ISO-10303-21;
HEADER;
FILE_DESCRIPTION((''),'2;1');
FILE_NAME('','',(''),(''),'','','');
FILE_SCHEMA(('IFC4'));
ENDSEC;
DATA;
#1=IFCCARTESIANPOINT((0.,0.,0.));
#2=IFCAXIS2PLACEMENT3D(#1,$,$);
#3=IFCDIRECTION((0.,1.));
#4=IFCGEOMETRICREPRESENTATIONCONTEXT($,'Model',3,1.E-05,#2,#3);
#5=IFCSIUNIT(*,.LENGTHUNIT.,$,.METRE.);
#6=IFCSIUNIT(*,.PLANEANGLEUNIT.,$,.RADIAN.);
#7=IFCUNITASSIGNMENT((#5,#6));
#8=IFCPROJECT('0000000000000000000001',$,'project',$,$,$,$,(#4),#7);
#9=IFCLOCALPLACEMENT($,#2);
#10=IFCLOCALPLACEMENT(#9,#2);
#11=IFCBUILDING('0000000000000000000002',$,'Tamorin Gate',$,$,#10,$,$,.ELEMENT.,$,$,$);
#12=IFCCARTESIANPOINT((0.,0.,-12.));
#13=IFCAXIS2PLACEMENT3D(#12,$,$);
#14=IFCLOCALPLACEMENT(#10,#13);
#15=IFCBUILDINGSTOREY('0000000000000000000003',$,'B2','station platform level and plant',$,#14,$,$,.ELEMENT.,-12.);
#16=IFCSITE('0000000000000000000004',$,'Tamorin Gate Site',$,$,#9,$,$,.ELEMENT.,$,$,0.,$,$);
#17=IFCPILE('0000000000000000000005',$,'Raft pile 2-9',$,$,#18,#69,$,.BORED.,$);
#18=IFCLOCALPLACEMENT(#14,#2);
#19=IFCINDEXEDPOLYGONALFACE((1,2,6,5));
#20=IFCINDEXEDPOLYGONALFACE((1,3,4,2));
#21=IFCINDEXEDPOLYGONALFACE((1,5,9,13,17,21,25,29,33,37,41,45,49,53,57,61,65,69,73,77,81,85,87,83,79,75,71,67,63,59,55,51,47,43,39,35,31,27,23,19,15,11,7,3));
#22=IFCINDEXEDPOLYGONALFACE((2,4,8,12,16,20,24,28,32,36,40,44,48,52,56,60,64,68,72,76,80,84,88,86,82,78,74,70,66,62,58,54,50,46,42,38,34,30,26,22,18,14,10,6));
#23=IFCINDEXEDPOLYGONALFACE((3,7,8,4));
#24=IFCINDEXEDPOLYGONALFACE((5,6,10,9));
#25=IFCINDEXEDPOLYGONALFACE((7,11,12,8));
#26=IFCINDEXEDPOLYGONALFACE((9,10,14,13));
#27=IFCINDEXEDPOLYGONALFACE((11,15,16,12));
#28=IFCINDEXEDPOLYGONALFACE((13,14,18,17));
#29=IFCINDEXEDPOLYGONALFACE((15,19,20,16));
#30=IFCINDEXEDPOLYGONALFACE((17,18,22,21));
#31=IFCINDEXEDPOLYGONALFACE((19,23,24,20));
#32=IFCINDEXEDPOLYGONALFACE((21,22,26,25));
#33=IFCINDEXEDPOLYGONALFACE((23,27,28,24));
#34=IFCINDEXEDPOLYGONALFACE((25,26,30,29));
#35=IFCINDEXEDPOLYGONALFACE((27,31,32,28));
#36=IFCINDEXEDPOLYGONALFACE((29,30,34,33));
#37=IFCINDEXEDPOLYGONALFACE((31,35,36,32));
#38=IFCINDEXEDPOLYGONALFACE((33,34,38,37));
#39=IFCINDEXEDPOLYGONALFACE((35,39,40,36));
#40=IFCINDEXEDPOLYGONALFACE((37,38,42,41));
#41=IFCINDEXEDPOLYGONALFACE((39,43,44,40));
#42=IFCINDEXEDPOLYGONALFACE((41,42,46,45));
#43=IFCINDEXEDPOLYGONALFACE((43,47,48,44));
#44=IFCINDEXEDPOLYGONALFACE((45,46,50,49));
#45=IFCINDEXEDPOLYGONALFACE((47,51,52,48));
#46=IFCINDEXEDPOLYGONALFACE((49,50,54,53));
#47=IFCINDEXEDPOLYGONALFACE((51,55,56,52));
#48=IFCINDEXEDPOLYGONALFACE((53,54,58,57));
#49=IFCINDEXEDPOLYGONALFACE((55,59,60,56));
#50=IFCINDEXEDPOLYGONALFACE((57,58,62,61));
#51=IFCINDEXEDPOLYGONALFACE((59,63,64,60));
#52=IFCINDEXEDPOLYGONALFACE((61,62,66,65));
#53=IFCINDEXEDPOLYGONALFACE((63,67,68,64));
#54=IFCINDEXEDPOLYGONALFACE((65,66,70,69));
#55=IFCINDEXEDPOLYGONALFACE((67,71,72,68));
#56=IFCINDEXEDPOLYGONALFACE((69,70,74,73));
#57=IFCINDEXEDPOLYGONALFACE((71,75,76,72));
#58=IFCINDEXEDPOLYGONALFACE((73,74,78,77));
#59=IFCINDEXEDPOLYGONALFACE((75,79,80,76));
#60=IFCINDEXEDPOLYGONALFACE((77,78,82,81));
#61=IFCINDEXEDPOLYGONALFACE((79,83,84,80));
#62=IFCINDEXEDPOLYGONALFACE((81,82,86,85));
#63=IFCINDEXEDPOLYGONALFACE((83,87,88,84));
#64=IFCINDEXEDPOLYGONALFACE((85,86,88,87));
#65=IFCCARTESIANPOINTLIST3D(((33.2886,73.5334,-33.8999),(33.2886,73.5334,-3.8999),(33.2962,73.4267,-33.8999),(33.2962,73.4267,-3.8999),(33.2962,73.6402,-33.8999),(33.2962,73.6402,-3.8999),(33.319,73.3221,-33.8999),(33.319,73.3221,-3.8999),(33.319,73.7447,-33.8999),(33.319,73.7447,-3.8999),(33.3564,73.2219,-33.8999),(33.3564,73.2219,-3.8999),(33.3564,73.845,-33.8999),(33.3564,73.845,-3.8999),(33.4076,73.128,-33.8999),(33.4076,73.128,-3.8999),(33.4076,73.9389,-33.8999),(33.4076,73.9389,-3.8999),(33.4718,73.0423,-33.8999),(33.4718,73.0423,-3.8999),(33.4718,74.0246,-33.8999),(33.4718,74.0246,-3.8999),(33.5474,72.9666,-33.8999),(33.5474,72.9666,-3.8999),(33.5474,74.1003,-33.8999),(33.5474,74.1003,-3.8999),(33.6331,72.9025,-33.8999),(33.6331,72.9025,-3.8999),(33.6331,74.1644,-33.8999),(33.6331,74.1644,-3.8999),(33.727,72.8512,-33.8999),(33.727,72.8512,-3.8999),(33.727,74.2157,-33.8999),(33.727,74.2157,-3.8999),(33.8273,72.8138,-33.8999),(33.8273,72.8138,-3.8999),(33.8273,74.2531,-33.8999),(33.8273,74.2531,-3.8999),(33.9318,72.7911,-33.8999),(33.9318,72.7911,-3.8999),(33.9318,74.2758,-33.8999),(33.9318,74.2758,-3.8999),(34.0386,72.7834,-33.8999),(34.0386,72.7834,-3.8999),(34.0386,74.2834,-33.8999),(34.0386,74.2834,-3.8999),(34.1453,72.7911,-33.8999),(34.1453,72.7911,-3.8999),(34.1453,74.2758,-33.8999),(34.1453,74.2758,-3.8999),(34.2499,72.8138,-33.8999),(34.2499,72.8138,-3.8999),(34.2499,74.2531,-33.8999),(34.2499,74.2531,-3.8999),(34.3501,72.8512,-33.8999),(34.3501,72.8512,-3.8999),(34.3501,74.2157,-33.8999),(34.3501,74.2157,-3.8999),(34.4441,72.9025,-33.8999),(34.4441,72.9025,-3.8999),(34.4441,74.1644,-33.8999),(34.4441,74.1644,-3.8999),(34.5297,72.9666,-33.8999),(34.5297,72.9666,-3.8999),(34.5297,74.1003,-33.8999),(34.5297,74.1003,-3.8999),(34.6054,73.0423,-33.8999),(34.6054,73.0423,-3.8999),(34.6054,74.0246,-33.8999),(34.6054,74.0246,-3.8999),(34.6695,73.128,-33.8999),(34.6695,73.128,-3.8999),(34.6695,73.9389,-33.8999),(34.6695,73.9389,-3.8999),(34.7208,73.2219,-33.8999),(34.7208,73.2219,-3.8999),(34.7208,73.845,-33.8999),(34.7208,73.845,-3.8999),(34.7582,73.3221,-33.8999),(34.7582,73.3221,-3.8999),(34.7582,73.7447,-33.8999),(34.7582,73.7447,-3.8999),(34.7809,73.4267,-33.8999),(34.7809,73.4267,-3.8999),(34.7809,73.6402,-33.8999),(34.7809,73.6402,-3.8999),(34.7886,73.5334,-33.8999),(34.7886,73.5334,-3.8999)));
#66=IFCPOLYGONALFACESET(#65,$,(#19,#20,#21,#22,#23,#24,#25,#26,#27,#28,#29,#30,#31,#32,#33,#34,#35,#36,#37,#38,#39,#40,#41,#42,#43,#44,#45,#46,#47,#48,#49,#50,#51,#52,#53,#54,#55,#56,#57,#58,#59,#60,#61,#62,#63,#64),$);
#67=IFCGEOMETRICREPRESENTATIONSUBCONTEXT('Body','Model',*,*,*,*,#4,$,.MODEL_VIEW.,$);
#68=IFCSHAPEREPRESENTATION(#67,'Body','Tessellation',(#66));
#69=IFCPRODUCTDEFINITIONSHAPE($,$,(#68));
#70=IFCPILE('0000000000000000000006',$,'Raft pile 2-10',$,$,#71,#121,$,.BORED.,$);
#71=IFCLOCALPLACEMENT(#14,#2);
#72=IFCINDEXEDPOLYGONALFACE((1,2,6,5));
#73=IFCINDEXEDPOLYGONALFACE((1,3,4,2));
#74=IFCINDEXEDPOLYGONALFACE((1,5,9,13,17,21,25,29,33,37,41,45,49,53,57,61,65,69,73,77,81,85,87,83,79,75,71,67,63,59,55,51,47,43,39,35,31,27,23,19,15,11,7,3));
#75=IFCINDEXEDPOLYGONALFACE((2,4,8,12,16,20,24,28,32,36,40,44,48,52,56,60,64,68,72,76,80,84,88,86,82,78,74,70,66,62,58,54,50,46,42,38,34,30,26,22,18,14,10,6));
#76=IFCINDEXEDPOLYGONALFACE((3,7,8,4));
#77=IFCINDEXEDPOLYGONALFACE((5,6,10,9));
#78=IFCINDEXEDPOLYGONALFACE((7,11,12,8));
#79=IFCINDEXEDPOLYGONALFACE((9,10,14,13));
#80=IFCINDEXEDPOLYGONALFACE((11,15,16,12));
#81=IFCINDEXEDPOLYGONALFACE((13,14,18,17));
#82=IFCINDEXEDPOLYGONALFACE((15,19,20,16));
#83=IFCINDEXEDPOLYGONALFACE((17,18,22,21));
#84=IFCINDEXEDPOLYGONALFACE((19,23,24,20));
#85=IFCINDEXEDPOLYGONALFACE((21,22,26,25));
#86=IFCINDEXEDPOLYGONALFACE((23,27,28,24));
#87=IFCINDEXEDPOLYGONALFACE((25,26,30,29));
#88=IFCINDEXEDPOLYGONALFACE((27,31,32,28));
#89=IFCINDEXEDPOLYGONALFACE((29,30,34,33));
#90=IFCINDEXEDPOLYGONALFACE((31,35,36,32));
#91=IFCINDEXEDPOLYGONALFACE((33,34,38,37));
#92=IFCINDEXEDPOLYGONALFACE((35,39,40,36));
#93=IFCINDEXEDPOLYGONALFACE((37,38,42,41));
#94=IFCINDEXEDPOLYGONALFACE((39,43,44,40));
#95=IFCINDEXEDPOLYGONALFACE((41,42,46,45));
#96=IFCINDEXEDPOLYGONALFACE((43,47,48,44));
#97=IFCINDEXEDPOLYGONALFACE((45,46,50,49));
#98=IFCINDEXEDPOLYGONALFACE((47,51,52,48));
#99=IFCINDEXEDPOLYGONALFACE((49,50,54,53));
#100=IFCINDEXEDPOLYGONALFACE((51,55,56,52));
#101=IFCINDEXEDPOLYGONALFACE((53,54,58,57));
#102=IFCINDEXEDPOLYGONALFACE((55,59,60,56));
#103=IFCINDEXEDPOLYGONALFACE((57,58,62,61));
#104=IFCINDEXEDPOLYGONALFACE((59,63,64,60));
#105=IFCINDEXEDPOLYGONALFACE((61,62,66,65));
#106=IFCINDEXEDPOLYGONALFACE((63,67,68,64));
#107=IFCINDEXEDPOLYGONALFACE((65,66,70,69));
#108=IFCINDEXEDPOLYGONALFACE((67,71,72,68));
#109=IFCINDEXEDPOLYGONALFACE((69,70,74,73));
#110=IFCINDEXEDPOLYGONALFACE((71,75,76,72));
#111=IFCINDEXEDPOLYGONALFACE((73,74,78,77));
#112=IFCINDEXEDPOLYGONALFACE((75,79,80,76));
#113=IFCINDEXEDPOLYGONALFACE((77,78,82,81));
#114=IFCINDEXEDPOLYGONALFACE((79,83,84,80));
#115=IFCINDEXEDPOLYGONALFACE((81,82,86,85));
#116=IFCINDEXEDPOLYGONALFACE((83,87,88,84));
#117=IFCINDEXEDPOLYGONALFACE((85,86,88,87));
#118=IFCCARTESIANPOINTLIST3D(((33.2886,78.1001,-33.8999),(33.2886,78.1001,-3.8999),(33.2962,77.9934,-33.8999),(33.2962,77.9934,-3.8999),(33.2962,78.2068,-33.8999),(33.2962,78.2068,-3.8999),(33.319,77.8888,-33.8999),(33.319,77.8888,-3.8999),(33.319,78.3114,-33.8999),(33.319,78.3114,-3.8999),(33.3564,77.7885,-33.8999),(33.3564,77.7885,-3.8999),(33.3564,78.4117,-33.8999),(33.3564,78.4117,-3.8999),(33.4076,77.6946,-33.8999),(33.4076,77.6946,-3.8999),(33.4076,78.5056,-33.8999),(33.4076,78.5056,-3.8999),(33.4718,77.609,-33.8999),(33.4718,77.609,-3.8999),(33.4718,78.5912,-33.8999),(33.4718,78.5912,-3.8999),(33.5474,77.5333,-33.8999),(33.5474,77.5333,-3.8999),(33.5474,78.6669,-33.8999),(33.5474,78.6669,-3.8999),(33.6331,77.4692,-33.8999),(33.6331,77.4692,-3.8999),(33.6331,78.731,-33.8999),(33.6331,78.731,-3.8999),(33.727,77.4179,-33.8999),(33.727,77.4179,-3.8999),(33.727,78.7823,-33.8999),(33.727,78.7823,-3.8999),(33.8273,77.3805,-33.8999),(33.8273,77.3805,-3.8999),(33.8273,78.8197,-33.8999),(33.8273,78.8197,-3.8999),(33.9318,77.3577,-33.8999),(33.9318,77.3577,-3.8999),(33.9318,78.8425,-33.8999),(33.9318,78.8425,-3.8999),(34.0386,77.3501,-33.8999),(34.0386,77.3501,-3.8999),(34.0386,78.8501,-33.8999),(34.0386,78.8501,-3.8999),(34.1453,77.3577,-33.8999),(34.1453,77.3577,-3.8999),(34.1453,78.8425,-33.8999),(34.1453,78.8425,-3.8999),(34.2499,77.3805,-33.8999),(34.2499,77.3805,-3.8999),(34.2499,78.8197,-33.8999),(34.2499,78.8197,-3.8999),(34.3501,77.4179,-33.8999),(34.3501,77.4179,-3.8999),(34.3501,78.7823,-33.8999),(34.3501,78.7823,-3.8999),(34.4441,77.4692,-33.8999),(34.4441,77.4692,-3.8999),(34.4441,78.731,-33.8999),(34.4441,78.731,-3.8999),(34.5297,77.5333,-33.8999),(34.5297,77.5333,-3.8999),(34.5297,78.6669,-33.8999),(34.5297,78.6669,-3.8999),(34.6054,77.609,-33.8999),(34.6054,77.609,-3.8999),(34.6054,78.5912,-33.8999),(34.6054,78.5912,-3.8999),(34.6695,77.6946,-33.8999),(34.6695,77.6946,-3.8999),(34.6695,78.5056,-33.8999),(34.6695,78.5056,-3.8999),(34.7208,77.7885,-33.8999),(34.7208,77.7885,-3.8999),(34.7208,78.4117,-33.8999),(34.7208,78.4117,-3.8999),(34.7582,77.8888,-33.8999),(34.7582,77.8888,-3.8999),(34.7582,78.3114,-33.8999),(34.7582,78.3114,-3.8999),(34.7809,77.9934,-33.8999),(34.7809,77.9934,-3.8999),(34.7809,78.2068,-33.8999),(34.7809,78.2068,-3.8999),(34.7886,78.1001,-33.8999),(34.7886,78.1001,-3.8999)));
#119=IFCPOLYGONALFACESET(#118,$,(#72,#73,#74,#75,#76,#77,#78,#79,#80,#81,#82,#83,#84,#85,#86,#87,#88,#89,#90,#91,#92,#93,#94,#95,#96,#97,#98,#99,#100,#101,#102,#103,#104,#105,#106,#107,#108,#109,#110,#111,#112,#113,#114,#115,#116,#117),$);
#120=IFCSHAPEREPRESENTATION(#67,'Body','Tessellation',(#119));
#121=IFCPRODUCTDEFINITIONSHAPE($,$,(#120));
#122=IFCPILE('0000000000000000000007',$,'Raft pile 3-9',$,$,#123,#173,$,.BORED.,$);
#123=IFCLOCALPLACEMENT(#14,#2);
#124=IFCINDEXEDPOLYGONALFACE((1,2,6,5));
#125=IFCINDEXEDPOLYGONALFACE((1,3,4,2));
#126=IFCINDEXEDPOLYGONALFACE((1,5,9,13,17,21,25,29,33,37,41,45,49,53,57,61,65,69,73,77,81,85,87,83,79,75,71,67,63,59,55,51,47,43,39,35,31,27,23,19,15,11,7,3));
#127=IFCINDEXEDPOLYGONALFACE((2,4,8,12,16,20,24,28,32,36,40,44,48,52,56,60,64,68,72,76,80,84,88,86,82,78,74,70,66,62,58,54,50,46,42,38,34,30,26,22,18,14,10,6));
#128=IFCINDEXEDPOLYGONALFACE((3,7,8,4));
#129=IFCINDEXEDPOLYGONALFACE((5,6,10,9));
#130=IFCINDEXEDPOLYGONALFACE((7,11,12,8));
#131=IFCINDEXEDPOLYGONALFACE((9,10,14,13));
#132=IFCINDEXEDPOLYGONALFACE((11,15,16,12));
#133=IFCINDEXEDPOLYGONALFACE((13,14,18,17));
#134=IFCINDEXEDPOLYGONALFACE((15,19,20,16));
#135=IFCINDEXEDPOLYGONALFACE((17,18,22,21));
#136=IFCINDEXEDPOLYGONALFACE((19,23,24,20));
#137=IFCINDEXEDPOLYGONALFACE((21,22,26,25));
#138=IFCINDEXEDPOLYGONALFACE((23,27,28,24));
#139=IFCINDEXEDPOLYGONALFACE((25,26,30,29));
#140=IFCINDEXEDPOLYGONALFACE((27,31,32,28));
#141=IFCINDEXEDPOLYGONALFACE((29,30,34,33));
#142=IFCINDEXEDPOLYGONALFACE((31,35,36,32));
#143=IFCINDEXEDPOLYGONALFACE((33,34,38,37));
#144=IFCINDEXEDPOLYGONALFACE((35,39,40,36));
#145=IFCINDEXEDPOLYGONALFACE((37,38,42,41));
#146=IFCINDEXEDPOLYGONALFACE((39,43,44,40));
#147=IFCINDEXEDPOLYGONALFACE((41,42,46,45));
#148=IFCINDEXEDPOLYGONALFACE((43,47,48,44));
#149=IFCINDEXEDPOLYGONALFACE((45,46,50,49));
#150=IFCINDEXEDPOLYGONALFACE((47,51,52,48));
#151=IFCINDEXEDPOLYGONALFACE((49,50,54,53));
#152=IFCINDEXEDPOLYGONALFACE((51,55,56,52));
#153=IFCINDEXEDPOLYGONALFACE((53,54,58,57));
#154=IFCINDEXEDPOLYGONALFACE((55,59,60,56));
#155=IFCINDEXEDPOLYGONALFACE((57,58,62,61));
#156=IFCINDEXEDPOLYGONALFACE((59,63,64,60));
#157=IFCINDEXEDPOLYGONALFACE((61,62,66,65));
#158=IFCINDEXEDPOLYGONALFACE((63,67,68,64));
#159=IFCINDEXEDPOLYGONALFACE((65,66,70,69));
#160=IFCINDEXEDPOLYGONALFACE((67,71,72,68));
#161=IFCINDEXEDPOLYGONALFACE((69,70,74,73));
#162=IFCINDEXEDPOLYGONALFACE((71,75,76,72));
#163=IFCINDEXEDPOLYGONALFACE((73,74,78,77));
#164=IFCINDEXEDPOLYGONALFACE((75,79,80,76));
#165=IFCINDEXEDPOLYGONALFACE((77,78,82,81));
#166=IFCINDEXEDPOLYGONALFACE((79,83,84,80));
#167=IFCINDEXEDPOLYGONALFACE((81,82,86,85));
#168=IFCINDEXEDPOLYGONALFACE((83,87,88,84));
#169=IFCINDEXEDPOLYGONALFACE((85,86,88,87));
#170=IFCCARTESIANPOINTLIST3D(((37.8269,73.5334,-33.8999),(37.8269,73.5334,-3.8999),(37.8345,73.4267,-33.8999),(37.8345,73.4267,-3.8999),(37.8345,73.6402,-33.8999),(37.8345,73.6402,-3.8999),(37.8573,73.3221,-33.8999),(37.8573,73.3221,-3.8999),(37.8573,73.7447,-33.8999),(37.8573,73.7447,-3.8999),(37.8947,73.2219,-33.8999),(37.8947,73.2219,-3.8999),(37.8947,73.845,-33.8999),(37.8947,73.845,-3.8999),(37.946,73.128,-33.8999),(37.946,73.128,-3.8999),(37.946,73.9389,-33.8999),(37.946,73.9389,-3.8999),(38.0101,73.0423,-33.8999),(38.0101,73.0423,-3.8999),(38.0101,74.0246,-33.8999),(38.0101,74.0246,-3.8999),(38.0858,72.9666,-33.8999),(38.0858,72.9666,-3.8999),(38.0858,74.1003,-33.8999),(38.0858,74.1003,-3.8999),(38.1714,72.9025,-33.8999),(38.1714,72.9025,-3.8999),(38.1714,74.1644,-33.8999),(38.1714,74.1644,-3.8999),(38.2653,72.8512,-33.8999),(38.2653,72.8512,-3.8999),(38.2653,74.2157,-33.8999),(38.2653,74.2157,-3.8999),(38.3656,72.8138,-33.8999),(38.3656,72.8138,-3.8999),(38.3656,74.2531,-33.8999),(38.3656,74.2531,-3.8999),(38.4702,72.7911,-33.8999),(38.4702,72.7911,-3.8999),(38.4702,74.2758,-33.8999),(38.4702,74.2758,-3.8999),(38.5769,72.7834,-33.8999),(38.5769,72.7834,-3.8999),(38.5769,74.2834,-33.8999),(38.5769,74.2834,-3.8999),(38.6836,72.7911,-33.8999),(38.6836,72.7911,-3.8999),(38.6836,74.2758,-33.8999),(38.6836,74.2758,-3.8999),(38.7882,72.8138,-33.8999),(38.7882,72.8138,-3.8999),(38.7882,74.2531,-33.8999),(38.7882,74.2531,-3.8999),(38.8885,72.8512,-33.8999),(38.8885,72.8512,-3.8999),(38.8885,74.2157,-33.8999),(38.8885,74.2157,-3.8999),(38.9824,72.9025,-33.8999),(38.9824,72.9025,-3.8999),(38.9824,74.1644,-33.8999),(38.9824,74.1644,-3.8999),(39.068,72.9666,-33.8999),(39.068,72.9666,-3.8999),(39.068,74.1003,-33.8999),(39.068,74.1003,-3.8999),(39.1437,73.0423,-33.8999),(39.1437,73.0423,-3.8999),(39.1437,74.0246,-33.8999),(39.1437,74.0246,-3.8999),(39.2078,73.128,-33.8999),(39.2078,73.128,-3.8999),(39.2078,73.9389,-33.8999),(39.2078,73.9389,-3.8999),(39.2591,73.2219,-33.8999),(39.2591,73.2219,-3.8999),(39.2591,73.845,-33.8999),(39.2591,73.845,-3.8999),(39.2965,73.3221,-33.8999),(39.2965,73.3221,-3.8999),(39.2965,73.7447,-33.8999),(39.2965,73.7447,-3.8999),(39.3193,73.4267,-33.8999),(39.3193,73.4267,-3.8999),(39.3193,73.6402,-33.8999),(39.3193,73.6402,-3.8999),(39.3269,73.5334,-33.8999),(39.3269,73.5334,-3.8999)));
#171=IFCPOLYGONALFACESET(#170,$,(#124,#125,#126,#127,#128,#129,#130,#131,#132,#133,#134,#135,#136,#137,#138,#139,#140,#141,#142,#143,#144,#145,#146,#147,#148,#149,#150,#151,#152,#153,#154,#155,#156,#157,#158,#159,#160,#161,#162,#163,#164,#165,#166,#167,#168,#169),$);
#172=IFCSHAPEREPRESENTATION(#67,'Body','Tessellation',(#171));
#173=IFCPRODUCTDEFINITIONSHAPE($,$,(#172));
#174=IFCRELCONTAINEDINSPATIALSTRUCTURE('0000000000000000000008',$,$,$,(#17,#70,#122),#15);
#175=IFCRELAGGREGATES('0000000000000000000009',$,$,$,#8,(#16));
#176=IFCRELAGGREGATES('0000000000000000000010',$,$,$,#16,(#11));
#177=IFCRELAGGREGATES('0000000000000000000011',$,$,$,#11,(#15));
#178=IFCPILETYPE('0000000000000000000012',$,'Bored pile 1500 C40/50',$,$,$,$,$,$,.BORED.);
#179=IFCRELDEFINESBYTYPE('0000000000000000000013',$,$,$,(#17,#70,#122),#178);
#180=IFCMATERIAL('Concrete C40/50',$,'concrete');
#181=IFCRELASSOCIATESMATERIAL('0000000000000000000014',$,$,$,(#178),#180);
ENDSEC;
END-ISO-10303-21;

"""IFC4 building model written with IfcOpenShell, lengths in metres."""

from ifc_helpers import new_model, si_unit, direction, frame, origin, origin_2d, place, context, subcontext, project, spatial, circle, extrude, material, material_profile, profile_set, type_object, element, save


model = new_model("IFC4")

# Units and contexts
model_context = context("Model", 3, precision=1e-05, world=origin(), true_north=direction((0.0, 1.0)))
body_context = subcontext(model_context, "Body", "Model", "MODEL_VIEW")
ifc_project = project(units=[si_unit("LENGTHUNIT", "METRE"), si_unit("PLANEANGLEUNIT", "RADIAN")], contexts=[model_context])

# Site, building, storey
site_placement = place(None, origin())
site = spatial("IfcSite", under=ifc_project, at=site_placement, Name="Tamorin Gate Site", CompositionType="ELEMENT", RefElevation=0.0)
building_placement = place(site_placement, origin())
building = spatial("IfcBuilding", under=site, at=building_placement, Name="Tamorin Gate", CompositionType="ELEMENT")
storey_placement = place(building_placement, frame((0.0, 0.0, -12.0)))
storey = spatial("IfcBuildingStorey", under=building, at=storey_placement, Name="B2", Description="station platform level and plant", CompositionType="ELEMENT", Elevation=-12.0)

# Piles
ifc_material_1 = material(Name="Concrete C40/50", Category="concrete")
ifc_material_profile_1 = material_profile(ifc_material_1, circle(Radius=0.75, at=origin_2d()))
ifc_profile_set_1 = profile_set([ifc_material_profile_1], Name="Concrete C40/50")
pile_type = type_object("IfcPileType", Name="Bored pile 1500 C40/50", PredefinedType="BORED", material=ifc_profile_set_1)
for number, where, z_axis, x_axis, name in (
    (1, (34.0386, 73.5334, -3.8999), (0.0, 0.0, -1.0), (1.0, 0.0, 0.0), "Raft pile 2-9"),
    (2, (34.0386, 78.1001, -3.8999), (0.0, 0.0, -1.0), (1.0, 0.0, 0.0), "Raft pile 2-10"),
    (3, (38.5769, 73.5334, -3.8999), (0.0, 0.0, -1.0), (1.0, 0.0, 0.0), "Raft pile 3-9"),
):
    element("IfcPile", number, at=place(storey_placement, frame(where, z_axis=z_axis, x_axis=x_axis)), inside=storey, type_object=pile_type, Name=name, PredefinedType="BORED", context=body_context, shape_type="SweptSolid", body=[
        extrude(circle(Radius=0.75, at=origin_2d()), origin(), (0.0, 0.0, 1.0), 30.0),
    ])

save(model, "model.ifc")
